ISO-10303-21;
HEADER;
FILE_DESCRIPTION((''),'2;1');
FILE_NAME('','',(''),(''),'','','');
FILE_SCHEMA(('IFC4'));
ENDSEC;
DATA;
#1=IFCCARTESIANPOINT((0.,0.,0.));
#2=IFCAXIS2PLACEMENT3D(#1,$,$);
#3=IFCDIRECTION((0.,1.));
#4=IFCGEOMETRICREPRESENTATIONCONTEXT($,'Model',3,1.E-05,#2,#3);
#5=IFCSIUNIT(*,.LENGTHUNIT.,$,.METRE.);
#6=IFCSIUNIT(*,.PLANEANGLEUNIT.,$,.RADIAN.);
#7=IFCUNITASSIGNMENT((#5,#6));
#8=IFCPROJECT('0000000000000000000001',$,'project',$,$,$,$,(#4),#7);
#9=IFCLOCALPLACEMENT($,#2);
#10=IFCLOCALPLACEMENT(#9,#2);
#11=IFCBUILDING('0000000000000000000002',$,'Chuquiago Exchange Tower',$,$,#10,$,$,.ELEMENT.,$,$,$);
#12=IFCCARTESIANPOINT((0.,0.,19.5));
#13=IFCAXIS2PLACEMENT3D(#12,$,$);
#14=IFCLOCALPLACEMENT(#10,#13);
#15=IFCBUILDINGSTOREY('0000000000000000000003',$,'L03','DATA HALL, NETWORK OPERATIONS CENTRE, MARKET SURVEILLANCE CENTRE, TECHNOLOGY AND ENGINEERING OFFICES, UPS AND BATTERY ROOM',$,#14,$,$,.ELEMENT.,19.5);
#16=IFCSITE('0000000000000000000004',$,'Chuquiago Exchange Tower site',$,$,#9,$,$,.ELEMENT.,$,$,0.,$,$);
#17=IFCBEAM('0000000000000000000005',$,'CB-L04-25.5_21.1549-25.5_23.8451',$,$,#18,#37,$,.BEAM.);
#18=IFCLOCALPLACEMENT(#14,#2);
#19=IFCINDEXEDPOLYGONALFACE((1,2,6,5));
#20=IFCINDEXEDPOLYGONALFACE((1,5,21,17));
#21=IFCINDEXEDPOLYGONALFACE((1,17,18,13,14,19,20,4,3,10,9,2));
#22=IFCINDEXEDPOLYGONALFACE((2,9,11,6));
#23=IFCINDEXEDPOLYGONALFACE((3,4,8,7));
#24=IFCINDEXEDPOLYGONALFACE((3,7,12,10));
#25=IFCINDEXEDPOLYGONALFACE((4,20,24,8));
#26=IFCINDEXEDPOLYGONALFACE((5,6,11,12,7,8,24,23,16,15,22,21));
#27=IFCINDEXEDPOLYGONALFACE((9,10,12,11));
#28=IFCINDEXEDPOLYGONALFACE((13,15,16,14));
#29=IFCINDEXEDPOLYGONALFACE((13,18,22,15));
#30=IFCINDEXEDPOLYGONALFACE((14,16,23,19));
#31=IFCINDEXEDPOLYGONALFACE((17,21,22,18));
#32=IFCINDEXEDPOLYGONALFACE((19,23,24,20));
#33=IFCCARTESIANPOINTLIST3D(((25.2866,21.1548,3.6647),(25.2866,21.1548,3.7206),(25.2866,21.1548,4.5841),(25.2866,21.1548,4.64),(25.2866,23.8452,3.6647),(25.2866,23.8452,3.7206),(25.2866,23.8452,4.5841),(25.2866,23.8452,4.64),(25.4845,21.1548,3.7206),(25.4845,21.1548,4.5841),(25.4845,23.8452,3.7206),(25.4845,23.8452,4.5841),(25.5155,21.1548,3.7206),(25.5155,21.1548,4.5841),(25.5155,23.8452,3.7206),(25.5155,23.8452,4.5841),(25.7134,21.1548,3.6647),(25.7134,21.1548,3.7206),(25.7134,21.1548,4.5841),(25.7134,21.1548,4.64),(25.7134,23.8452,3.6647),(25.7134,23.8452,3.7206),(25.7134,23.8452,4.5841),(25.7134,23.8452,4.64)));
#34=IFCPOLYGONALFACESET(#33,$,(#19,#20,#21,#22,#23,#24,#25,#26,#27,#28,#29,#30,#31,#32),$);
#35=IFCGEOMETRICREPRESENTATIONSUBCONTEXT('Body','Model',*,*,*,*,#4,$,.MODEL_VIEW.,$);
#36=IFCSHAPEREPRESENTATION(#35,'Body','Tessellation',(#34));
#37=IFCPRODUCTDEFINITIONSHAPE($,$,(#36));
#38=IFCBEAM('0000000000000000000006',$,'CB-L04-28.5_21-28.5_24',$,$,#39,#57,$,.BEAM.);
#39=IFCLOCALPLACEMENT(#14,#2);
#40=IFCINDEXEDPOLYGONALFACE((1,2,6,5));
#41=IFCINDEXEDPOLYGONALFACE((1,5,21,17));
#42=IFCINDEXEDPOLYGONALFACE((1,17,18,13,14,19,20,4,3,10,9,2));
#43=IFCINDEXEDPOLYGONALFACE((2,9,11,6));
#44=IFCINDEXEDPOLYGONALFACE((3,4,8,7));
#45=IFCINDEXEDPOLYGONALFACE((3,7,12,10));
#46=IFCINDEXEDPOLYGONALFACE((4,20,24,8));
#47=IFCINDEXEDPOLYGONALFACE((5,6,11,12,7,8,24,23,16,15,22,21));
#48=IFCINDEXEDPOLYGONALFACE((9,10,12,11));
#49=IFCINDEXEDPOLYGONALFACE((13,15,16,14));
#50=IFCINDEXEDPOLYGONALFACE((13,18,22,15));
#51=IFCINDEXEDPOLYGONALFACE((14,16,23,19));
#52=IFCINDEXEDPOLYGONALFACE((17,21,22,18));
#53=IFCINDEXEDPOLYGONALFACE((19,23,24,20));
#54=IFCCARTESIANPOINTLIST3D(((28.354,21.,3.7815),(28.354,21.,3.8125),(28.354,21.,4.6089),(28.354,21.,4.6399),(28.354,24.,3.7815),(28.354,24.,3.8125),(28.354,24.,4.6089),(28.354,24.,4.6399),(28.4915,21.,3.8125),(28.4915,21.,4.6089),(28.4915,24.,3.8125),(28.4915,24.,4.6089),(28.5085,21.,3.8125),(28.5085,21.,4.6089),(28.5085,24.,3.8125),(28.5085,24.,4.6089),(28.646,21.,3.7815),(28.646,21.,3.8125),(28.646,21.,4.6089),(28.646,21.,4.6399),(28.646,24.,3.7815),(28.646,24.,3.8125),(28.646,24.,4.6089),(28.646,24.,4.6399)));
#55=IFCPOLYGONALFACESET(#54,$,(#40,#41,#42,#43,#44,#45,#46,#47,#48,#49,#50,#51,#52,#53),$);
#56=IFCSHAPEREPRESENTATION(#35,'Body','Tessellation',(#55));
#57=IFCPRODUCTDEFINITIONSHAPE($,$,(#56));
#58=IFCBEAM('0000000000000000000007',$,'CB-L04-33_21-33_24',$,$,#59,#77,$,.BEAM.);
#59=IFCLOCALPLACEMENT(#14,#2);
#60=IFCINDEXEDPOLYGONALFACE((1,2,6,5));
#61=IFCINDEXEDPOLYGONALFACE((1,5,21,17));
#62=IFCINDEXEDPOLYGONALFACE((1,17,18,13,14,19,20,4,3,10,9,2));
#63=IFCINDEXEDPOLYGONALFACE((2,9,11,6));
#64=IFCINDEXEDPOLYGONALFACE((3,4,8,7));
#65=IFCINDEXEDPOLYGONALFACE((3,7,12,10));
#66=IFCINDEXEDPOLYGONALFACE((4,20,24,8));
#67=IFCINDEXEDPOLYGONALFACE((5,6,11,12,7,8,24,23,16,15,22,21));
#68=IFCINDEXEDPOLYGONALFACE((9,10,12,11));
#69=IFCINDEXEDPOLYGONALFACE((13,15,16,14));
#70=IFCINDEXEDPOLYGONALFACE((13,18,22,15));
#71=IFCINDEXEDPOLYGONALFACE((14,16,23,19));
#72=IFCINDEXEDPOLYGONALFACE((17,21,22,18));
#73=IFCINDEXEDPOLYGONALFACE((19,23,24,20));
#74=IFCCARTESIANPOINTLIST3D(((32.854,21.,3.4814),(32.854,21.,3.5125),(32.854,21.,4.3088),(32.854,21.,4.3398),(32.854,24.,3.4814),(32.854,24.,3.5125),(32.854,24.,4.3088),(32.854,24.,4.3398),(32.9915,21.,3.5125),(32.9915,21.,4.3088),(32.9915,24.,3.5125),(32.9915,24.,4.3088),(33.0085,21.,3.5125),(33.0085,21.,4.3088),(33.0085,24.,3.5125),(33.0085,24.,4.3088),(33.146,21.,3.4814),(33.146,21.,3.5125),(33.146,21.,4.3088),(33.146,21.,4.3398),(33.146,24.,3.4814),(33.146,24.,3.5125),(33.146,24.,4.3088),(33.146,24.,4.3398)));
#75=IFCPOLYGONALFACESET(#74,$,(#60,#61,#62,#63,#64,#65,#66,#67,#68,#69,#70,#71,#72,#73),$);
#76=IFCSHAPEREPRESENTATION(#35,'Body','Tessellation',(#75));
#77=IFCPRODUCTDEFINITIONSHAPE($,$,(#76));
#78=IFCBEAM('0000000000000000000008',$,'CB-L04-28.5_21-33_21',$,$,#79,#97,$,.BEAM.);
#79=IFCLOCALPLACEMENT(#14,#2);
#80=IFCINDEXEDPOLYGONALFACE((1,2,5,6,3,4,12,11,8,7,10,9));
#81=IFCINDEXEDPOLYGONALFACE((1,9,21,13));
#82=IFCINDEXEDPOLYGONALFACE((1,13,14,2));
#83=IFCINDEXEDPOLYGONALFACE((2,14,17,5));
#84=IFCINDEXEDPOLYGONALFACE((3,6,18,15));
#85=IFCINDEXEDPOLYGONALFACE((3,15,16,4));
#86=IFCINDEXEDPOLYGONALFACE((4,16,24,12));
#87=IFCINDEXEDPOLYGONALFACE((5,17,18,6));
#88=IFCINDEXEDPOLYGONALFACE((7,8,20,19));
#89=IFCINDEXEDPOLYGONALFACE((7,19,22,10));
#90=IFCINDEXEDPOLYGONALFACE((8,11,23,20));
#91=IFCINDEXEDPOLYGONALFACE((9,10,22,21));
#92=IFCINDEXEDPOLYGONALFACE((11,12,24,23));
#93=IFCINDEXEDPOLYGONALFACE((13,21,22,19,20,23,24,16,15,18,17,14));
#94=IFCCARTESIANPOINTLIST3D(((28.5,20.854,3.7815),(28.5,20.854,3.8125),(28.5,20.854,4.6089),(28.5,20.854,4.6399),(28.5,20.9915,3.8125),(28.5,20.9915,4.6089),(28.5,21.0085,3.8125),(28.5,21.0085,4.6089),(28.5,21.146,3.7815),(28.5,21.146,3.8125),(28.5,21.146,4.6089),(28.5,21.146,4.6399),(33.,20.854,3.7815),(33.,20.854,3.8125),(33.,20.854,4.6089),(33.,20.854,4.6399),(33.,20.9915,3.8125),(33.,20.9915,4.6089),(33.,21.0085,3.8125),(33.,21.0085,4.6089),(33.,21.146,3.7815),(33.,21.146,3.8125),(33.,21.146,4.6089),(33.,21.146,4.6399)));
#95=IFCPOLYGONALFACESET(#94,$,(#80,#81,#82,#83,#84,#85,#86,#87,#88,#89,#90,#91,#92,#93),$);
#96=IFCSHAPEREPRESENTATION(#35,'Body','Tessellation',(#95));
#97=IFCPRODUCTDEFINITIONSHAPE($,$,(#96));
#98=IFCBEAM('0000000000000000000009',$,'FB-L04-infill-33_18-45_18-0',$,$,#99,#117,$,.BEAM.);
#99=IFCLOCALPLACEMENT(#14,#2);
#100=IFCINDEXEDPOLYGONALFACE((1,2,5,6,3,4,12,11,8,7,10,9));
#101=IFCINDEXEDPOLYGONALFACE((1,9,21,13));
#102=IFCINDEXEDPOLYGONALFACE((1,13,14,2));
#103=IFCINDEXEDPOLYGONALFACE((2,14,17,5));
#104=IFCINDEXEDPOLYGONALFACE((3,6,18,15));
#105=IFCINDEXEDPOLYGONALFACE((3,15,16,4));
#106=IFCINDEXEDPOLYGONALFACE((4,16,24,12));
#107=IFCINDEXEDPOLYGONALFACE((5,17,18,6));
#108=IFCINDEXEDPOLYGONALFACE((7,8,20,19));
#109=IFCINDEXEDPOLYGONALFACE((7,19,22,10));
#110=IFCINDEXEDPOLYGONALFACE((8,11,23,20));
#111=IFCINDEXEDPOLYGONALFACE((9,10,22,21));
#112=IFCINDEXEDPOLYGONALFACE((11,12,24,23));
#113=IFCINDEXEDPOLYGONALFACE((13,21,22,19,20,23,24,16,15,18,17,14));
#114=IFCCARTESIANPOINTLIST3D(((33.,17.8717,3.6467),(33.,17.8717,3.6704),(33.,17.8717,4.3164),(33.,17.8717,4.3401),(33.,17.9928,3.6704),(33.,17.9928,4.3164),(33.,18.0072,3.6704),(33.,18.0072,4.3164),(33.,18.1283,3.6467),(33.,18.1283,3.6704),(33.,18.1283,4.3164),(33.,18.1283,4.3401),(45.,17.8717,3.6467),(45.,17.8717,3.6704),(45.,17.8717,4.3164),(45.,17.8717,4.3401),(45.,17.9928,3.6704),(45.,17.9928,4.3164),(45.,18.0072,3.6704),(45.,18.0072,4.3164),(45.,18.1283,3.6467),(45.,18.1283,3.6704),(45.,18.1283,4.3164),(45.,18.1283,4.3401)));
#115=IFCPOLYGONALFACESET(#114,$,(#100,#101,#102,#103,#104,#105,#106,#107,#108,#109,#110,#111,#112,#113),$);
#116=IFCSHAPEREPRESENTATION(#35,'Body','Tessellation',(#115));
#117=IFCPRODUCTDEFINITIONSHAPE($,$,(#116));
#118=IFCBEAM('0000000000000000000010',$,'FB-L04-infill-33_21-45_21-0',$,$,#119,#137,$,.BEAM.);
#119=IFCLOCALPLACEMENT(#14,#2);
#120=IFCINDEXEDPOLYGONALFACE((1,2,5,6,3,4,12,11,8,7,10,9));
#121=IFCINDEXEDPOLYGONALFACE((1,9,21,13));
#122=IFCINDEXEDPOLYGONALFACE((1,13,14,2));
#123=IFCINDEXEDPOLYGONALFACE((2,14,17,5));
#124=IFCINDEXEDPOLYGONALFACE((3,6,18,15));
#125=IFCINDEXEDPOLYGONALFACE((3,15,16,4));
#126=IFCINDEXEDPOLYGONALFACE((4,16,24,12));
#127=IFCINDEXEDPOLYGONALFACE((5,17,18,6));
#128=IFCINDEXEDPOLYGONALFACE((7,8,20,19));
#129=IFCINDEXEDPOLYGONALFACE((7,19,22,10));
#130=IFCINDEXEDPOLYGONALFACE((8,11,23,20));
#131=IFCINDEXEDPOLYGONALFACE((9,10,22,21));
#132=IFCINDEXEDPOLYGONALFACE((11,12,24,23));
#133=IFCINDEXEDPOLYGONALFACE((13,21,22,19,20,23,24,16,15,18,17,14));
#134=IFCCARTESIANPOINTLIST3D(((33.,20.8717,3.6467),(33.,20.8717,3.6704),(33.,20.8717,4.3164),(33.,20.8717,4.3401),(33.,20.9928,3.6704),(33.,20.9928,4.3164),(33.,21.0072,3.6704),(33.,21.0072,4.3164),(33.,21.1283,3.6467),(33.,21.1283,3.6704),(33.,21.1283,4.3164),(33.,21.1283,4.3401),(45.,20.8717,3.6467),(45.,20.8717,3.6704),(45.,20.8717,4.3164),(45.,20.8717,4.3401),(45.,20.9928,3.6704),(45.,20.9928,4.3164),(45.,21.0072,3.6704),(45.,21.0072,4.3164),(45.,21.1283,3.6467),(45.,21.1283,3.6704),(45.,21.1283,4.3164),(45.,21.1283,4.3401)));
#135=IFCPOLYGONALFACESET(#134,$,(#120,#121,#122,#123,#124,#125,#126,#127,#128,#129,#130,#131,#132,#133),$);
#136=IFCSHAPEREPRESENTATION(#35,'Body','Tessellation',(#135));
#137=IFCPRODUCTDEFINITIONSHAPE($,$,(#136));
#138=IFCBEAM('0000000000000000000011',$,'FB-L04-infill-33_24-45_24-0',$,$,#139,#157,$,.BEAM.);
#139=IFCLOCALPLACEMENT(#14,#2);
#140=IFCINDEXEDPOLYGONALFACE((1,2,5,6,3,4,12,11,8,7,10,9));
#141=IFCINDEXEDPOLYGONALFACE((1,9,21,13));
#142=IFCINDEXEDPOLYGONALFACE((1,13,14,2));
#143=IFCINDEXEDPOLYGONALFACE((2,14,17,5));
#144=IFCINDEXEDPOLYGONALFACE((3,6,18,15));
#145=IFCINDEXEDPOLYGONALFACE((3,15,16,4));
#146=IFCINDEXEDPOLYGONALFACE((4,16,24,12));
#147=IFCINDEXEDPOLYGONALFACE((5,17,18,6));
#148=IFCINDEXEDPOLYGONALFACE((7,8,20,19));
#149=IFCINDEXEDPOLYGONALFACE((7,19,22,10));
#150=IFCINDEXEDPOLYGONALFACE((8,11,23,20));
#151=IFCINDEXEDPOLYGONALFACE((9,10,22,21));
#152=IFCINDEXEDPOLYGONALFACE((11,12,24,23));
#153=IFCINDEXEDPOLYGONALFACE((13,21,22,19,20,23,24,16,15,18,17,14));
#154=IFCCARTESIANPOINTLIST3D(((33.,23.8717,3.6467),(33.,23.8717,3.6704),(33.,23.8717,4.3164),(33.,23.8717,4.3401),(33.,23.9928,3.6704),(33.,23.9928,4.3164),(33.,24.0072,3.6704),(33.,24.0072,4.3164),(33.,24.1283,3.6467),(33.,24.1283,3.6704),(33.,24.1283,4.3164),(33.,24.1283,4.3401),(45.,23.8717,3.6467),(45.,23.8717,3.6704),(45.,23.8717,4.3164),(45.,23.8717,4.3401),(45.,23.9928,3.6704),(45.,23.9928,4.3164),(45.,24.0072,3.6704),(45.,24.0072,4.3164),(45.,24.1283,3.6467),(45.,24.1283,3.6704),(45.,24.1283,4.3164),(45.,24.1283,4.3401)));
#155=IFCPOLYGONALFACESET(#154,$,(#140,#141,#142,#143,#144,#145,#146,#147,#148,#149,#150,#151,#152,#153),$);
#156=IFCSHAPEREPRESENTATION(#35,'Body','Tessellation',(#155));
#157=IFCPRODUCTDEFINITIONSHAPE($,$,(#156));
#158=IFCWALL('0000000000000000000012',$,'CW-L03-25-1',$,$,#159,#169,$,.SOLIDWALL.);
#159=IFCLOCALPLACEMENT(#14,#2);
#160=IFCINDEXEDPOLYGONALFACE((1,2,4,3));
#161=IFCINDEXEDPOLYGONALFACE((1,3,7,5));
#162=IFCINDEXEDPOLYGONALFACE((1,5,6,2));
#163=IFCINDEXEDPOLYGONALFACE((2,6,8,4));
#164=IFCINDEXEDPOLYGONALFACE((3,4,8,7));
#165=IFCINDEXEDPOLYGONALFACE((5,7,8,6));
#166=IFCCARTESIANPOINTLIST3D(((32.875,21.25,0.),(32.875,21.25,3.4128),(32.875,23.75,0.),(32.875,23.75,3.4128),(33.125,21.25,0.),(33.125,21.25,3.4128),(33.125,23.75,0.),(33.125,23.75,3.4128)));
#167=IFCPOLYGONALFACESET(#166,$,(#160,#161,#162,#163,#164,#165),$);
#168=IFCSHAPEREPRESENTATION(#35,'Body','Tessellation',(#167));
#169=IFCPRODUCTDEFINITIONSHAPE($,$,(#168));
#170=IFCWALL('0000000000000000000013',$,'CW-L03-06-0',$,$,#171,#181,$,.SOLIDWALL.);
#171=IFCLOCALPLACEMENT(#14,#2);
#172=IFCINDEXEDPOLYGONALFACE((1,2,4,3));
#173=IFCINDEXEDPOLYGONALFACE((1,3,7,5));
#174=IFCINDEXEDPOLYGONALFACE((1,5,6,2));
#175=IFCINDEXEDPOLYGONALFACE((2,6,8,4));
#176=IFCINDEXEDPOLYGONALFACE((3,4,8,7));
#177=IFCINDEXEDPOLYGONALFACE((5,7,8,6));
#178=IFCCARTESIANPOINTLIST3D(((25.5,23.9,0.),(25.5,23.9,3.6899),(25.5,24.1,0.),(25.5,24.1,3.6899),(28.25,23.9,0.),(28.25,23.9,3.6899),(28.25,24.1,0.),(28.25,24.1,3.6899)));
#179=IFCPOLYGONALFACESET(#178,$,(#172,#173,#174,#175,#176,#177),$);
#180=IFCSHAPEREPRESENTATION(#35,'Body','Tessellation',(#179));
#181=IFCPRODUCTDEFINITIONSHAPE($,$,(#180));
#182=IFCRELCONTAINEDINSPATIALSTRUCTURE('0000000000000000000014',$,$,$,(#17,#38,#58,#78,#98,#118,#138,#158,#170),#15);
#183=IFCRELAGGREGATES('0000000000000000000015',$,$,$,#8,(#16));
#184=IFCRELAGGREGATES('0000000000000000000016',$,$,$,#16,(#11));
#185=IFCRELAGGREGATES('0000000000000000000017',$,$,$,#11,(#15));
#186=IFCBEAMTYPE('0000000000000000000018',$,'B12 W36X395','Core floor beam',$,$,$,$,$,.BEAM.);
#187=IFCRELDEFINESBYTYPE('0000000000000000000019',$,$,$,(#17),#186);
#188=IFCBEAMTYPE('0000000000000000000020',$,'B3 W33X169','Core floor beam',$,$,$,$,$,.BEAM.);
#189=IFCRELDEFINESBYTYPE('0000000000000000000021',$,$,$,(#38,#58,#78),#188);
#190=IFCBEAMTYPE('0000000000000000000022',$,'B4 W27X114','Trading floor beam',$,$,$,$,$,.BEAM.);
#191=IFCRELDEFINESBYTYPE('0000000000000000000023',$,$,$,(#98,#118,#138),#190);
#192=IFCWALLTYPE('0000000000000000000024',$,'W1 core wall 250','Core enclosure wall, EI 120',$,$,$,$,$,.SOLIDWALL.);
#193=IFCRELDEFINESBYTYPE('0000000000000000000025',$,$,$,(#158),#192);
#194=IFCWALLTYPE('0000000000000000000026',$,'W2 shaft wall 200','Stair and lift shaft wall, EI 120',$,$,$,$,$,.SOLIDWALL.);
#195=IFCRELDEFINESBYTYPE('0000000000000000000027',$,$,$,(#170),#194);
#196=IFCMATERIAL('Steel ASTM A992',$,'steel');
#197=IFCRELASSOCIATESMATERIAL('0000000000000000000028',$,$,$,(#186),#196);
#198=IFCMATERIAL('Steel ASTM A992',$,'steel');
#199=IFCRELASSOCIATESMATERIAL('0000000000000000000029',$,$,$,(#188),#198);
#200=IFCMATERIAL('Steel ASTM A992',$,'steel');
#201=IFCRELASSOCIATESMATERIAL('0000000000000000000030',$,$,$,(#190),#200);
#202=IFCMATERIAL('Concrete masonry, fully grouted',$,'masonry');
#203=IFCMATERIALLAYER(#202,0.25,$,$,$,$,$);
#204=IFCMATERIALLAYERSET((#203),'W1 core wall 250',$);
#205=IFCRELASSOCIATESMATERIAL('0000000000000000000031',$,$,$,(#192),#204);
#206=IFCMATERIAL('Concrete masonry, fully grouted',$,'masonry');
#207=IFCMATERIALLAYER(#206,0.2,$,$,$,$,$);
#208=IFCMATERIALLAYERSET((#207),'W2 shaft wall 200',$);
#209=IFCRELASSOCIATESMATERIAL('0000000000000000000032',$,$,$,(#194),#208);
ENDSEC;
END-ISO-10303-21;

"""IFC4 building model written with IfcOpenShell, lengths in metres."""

from ifc_helpers import new_model, si_unit, direction, frame, frame_2d, origin, origin_2d, place, context, subcontext, project, spatial, rectangle, i_section, extrude, material, layer, layer_set, material_profile, profile_set, type_object, element, save


model = new_model("IFC4")

# Units and contexts
model_context = context("Model", 3, precision=1e-05, world=origin(), true_north=direction((0.0, 1.0)))
body_context = subcontext(model_context, "Body", "Model", "MODEL_VIEW")
ifc_project = project(units=[si_unit("LENGTHUNIT", "METRE"), si_unit("PLANEANGLEUNIT", "RADIAN")], contexts=[model_context])

# Site, building, storey
site_placement = place(None, origin())
site = spatial("IfcSite", under=ifc_project, at=site_placement, Name="Chuquiago Exchange Tower site", CompositionType="ELEMENT", RefElevation=0.0)
building_placement = place(site_placement, origin())
building = spatial("IfcBuilding", under=site, at=building_placement, Name="Chuquiago Exchange Tower", CompositionType="ELEMENT")
storey_placement = place(building_placement, frame((0.0, 0.0, 19.5)))
storey = spatial("IfcBuildingStorey", under=building, at=storey_placement, Name="L03", Description="DATA HALL, NETWORK OPERATIONS CENTRE, MARKET SURVEILLANCE CENTRE, TECHNOLOGY AND ENGINEERING OFFICES, UPS AND BATTERY ROOM", CompositionType="ELEMENT", Elevation=19.5)

# Beams
ifc_material_1 = material(Name="Steel ASTM A992", Category="steel")
ifc_material_profile_1 = material_profile(ifc_material_1, i_section(OverallWidth=0.4268, OverallDepth=0.9753, WebThickness=0.031, FlangeThickness=0.0559, at=origin_2d()), Name="W36X395")
ifc_profile_set_1 = profile_set([ifc_material_profile_1], Name="Steel ASTM A992")
beam_type_1 = type_object("IfcBeamType", Name="B12 W36X395", Description="Core floor beam", PredefinedType="BEAM", material=ifc_profile_set_1)
beam_1_placement = place(storey_placement, frame((25.5, 21.1548, 4.1523), z_axis=(0.0, 1.0, 0.0), x_axis=(-1.0, 0.0, 0.0)))
element("IfcBeam", 1, at=beam_1_placement, inside=storey, type_object=beam_type_1, Name="CB-L04-25.5_21.1549-25.5_23.8451", PredefinedType="BEAM", context=body_context, shape_type="SweptSolid", body=[
    extrude(i_section(OverallWidth=0.4268, OverallDepth=0.9753, WebThickness=0.031, FlangeThickness=0.0559, at=origin_2d()), origin(), (0.0, 0.0, 1.0), 2.6904),
])
ifc_material_2 = material(Name="Steel ASTM A992", Category="steel")
ifc_material_profile_2 = material_profile(ifc_material_2, i_section(OverallWidth=0.292, OverallDepth=0.8584, WebThickness=0.0171, FlangeThickness=0.031, at=origin_2d()), Name="W33X169")
ifc_profile_set_2 = profile_set([ifc_material_profile_2], Name="Steel ASTM A992")
beam_type_2 = type_object("IfcBeamType", Name="B3 W33X169", Description="Core floor beam", PredefinedType="BEAM", material=ifc_profile_set_2)
for number, where, z_axis, x_axis, name in (
    (2, (28.5, 21.0, 4.2107), (0.0, 1.0, 0.0), (-1.0, 0.0, 0.0), "CB-L04-28.5_21-28.5_24"),
    (3, (33.0, 21.0, 3.9106), (0.0, 1.0, 0.0), (-1.0, 0.0, 0.0), "CB-L04-33_21-33_24"),
):
    element("IfcBeam", number, at=place(storey_placement, frame(where, z_axis=z_axis, x_axis=x_axis)), inside=storey, type_object=beam_type_2, Name=name, PredefinedType="BEAM", context=body_context, shape_type="SweptSolid", body=[
        extrude(i_section(OverallWidth=0.292, OverallDepth=0.8584, WebThickness=0.0171, FlangeThickness=0.031, at=origin_2d()), origin(), (0.0, 0.0, 1.0), 3.0),
    ])
beam_2_placement = place(storey_placement, frame((28.5, 21.0, 4.2107), z_axis=(1.0, 0.0, 0.0), x_axis=(0.0, 1.0, 0.0)))
element("IfcBeam", 4, at=beam_2_placement, inside=storey, type_object=beam_type_2, Name="CB-L04-28.5_21-33_21", PredefinedType="BEAM", context=body_context, shape_type="SweptSolid", body=[
    extrude(i_section(OverallWidth=0.292, OverallDepth=0.8584, WebThickness=0.0171, FlangeThickness=0.031, at=origin_2d()), origin(), (0.0, 0.0, 1.0), 4.5),
])
ifc_material_3 = material(Name="Steel ASTM A992", Category="steel")
ifc_material_profile_3 = material_profile(ifc_material_3, i_section(OverallWidth=0.2566, OverallDepth=0.6934, WebThickness=0.0144, FlangeThickness=0.0237, at=origin_2d()), Name="W27X114")
ifc_profile_set_3 = profile_set([ifc_material_profile_3], Name="Steel ASTM A992")
beam_type_3 = type_object("IfcBeamType", Name="B4 W27X114", Description="Trading floor beam", PredefinedType="BEAM", material=ifc_profile_set_3)
for number, where, z_axis, x_axis, name in (
    (5, (33.0, 18.0, 3.9934), (1.0, 0.0, 0.0), (0.0, 1.0, 0.0), "FB-L04-infill-33_18-45_18-0"),
    (6, (33.0, 21.0, 3.9934), (1.0, 0.0, 0.0), (0.0, 1.0, 0.0), "FB-L04-infill-33_21-45_21-0"),
    (7, (33.0, 24.0, 3.9934), (1.0, 0.0, 0.0), (0.0, 1.0, 0.0), "FB-L04-infill-33_24-45_24-0"),
):
    element("IfcBeam", number, at=place(storey_placement, frame(where, z_axis=z_axis, x_axis=x_axis)), inside=storey, type_object=beam_type_3, Name=name, PredefinedType="BEAM", context=body_context, shape_type="SweptSolid", body=[
        extrude(i_section(OverallWidth=0.2566, OverallDepth=0.6934, WebThickness=0.0144, FlangeThickness=0.0237, at=origin_2d()), origin(), (0.0, 0.0, 1.0), 12.0),
    ])

# Walls
ifc_material_4 = material(Name="Concrete masonry, fully grouted", Category="masonry")
ifc_layer_1 = layer(ifc_material_4, 0.25)
ifc_layer_set_1 = layer_set([ifc_layer_1], Name="W1 core wall 250")
wall_type_1 = type_object("IfcWallType", Name="W1 core wall 250", Description="Core enclosure wall, EI 120", PredefinedType="SOLIDWALL", material=ifc_layer_set_1)
wall_1_placement = place(storey_placement, frame((33.0, 21.25, 0.0), z_axis=(0.0, 0.0, 1.0), x_axis=(0.0, 1.0, 0.0)))
element("IfcWall", 8, at=wall_1_placement, inside=storey, type_object=wall_type_1, Name="CW-L03-25-1", PredefinedType="SOLIDWALL", context=body_context, shape_type="SweptSolid", body=[
    extrude(rectangle(XDim=2.5, YDim=0.25, at=frame_2d((1.25, 0.0))), origin(), (0.0, 0.0, 1.0), 3.4128),
])
ifc_material_5 = material(Name="Concrete masonry, fully grouted", Category="masonry")
ifc_layer_2 = layer(ifc_material_5, 0.2)
ifc_layer_set_2 = layer_set([ifc_layer_2], Name="W2 shaft wall 200")
wall_type_2 = type_object("IfcWallType", Name="W2 shaft wall 200", Description="Stair and lift shaft wall, EI 120", PredefinedType="SOLIDWALL", material=ifc_layer_set_2)
wall_2_placement = place(storey_placement, frame((25.5, 24.0, 0.0), z_axis=(0.0, 0.0, 1.0), x_axis=(1.0, 0.0, 0.0)))
element("IfcWall", 9, at=wall_2_placement, inside=storey, type_object=wall_type_2, Name="CW-L03-06-0", PredefinedType="SOLIDWALL", context=body_context, shape_type="SweptSolid", body=[
    extrude(rectangle(XDim=2.75, YDim=0.2, at=frame_2d((1.375, 0.0))), origin(), (0.0, 0.0, 1.0), 3.6899),
])

save(model, "model.ifc")
